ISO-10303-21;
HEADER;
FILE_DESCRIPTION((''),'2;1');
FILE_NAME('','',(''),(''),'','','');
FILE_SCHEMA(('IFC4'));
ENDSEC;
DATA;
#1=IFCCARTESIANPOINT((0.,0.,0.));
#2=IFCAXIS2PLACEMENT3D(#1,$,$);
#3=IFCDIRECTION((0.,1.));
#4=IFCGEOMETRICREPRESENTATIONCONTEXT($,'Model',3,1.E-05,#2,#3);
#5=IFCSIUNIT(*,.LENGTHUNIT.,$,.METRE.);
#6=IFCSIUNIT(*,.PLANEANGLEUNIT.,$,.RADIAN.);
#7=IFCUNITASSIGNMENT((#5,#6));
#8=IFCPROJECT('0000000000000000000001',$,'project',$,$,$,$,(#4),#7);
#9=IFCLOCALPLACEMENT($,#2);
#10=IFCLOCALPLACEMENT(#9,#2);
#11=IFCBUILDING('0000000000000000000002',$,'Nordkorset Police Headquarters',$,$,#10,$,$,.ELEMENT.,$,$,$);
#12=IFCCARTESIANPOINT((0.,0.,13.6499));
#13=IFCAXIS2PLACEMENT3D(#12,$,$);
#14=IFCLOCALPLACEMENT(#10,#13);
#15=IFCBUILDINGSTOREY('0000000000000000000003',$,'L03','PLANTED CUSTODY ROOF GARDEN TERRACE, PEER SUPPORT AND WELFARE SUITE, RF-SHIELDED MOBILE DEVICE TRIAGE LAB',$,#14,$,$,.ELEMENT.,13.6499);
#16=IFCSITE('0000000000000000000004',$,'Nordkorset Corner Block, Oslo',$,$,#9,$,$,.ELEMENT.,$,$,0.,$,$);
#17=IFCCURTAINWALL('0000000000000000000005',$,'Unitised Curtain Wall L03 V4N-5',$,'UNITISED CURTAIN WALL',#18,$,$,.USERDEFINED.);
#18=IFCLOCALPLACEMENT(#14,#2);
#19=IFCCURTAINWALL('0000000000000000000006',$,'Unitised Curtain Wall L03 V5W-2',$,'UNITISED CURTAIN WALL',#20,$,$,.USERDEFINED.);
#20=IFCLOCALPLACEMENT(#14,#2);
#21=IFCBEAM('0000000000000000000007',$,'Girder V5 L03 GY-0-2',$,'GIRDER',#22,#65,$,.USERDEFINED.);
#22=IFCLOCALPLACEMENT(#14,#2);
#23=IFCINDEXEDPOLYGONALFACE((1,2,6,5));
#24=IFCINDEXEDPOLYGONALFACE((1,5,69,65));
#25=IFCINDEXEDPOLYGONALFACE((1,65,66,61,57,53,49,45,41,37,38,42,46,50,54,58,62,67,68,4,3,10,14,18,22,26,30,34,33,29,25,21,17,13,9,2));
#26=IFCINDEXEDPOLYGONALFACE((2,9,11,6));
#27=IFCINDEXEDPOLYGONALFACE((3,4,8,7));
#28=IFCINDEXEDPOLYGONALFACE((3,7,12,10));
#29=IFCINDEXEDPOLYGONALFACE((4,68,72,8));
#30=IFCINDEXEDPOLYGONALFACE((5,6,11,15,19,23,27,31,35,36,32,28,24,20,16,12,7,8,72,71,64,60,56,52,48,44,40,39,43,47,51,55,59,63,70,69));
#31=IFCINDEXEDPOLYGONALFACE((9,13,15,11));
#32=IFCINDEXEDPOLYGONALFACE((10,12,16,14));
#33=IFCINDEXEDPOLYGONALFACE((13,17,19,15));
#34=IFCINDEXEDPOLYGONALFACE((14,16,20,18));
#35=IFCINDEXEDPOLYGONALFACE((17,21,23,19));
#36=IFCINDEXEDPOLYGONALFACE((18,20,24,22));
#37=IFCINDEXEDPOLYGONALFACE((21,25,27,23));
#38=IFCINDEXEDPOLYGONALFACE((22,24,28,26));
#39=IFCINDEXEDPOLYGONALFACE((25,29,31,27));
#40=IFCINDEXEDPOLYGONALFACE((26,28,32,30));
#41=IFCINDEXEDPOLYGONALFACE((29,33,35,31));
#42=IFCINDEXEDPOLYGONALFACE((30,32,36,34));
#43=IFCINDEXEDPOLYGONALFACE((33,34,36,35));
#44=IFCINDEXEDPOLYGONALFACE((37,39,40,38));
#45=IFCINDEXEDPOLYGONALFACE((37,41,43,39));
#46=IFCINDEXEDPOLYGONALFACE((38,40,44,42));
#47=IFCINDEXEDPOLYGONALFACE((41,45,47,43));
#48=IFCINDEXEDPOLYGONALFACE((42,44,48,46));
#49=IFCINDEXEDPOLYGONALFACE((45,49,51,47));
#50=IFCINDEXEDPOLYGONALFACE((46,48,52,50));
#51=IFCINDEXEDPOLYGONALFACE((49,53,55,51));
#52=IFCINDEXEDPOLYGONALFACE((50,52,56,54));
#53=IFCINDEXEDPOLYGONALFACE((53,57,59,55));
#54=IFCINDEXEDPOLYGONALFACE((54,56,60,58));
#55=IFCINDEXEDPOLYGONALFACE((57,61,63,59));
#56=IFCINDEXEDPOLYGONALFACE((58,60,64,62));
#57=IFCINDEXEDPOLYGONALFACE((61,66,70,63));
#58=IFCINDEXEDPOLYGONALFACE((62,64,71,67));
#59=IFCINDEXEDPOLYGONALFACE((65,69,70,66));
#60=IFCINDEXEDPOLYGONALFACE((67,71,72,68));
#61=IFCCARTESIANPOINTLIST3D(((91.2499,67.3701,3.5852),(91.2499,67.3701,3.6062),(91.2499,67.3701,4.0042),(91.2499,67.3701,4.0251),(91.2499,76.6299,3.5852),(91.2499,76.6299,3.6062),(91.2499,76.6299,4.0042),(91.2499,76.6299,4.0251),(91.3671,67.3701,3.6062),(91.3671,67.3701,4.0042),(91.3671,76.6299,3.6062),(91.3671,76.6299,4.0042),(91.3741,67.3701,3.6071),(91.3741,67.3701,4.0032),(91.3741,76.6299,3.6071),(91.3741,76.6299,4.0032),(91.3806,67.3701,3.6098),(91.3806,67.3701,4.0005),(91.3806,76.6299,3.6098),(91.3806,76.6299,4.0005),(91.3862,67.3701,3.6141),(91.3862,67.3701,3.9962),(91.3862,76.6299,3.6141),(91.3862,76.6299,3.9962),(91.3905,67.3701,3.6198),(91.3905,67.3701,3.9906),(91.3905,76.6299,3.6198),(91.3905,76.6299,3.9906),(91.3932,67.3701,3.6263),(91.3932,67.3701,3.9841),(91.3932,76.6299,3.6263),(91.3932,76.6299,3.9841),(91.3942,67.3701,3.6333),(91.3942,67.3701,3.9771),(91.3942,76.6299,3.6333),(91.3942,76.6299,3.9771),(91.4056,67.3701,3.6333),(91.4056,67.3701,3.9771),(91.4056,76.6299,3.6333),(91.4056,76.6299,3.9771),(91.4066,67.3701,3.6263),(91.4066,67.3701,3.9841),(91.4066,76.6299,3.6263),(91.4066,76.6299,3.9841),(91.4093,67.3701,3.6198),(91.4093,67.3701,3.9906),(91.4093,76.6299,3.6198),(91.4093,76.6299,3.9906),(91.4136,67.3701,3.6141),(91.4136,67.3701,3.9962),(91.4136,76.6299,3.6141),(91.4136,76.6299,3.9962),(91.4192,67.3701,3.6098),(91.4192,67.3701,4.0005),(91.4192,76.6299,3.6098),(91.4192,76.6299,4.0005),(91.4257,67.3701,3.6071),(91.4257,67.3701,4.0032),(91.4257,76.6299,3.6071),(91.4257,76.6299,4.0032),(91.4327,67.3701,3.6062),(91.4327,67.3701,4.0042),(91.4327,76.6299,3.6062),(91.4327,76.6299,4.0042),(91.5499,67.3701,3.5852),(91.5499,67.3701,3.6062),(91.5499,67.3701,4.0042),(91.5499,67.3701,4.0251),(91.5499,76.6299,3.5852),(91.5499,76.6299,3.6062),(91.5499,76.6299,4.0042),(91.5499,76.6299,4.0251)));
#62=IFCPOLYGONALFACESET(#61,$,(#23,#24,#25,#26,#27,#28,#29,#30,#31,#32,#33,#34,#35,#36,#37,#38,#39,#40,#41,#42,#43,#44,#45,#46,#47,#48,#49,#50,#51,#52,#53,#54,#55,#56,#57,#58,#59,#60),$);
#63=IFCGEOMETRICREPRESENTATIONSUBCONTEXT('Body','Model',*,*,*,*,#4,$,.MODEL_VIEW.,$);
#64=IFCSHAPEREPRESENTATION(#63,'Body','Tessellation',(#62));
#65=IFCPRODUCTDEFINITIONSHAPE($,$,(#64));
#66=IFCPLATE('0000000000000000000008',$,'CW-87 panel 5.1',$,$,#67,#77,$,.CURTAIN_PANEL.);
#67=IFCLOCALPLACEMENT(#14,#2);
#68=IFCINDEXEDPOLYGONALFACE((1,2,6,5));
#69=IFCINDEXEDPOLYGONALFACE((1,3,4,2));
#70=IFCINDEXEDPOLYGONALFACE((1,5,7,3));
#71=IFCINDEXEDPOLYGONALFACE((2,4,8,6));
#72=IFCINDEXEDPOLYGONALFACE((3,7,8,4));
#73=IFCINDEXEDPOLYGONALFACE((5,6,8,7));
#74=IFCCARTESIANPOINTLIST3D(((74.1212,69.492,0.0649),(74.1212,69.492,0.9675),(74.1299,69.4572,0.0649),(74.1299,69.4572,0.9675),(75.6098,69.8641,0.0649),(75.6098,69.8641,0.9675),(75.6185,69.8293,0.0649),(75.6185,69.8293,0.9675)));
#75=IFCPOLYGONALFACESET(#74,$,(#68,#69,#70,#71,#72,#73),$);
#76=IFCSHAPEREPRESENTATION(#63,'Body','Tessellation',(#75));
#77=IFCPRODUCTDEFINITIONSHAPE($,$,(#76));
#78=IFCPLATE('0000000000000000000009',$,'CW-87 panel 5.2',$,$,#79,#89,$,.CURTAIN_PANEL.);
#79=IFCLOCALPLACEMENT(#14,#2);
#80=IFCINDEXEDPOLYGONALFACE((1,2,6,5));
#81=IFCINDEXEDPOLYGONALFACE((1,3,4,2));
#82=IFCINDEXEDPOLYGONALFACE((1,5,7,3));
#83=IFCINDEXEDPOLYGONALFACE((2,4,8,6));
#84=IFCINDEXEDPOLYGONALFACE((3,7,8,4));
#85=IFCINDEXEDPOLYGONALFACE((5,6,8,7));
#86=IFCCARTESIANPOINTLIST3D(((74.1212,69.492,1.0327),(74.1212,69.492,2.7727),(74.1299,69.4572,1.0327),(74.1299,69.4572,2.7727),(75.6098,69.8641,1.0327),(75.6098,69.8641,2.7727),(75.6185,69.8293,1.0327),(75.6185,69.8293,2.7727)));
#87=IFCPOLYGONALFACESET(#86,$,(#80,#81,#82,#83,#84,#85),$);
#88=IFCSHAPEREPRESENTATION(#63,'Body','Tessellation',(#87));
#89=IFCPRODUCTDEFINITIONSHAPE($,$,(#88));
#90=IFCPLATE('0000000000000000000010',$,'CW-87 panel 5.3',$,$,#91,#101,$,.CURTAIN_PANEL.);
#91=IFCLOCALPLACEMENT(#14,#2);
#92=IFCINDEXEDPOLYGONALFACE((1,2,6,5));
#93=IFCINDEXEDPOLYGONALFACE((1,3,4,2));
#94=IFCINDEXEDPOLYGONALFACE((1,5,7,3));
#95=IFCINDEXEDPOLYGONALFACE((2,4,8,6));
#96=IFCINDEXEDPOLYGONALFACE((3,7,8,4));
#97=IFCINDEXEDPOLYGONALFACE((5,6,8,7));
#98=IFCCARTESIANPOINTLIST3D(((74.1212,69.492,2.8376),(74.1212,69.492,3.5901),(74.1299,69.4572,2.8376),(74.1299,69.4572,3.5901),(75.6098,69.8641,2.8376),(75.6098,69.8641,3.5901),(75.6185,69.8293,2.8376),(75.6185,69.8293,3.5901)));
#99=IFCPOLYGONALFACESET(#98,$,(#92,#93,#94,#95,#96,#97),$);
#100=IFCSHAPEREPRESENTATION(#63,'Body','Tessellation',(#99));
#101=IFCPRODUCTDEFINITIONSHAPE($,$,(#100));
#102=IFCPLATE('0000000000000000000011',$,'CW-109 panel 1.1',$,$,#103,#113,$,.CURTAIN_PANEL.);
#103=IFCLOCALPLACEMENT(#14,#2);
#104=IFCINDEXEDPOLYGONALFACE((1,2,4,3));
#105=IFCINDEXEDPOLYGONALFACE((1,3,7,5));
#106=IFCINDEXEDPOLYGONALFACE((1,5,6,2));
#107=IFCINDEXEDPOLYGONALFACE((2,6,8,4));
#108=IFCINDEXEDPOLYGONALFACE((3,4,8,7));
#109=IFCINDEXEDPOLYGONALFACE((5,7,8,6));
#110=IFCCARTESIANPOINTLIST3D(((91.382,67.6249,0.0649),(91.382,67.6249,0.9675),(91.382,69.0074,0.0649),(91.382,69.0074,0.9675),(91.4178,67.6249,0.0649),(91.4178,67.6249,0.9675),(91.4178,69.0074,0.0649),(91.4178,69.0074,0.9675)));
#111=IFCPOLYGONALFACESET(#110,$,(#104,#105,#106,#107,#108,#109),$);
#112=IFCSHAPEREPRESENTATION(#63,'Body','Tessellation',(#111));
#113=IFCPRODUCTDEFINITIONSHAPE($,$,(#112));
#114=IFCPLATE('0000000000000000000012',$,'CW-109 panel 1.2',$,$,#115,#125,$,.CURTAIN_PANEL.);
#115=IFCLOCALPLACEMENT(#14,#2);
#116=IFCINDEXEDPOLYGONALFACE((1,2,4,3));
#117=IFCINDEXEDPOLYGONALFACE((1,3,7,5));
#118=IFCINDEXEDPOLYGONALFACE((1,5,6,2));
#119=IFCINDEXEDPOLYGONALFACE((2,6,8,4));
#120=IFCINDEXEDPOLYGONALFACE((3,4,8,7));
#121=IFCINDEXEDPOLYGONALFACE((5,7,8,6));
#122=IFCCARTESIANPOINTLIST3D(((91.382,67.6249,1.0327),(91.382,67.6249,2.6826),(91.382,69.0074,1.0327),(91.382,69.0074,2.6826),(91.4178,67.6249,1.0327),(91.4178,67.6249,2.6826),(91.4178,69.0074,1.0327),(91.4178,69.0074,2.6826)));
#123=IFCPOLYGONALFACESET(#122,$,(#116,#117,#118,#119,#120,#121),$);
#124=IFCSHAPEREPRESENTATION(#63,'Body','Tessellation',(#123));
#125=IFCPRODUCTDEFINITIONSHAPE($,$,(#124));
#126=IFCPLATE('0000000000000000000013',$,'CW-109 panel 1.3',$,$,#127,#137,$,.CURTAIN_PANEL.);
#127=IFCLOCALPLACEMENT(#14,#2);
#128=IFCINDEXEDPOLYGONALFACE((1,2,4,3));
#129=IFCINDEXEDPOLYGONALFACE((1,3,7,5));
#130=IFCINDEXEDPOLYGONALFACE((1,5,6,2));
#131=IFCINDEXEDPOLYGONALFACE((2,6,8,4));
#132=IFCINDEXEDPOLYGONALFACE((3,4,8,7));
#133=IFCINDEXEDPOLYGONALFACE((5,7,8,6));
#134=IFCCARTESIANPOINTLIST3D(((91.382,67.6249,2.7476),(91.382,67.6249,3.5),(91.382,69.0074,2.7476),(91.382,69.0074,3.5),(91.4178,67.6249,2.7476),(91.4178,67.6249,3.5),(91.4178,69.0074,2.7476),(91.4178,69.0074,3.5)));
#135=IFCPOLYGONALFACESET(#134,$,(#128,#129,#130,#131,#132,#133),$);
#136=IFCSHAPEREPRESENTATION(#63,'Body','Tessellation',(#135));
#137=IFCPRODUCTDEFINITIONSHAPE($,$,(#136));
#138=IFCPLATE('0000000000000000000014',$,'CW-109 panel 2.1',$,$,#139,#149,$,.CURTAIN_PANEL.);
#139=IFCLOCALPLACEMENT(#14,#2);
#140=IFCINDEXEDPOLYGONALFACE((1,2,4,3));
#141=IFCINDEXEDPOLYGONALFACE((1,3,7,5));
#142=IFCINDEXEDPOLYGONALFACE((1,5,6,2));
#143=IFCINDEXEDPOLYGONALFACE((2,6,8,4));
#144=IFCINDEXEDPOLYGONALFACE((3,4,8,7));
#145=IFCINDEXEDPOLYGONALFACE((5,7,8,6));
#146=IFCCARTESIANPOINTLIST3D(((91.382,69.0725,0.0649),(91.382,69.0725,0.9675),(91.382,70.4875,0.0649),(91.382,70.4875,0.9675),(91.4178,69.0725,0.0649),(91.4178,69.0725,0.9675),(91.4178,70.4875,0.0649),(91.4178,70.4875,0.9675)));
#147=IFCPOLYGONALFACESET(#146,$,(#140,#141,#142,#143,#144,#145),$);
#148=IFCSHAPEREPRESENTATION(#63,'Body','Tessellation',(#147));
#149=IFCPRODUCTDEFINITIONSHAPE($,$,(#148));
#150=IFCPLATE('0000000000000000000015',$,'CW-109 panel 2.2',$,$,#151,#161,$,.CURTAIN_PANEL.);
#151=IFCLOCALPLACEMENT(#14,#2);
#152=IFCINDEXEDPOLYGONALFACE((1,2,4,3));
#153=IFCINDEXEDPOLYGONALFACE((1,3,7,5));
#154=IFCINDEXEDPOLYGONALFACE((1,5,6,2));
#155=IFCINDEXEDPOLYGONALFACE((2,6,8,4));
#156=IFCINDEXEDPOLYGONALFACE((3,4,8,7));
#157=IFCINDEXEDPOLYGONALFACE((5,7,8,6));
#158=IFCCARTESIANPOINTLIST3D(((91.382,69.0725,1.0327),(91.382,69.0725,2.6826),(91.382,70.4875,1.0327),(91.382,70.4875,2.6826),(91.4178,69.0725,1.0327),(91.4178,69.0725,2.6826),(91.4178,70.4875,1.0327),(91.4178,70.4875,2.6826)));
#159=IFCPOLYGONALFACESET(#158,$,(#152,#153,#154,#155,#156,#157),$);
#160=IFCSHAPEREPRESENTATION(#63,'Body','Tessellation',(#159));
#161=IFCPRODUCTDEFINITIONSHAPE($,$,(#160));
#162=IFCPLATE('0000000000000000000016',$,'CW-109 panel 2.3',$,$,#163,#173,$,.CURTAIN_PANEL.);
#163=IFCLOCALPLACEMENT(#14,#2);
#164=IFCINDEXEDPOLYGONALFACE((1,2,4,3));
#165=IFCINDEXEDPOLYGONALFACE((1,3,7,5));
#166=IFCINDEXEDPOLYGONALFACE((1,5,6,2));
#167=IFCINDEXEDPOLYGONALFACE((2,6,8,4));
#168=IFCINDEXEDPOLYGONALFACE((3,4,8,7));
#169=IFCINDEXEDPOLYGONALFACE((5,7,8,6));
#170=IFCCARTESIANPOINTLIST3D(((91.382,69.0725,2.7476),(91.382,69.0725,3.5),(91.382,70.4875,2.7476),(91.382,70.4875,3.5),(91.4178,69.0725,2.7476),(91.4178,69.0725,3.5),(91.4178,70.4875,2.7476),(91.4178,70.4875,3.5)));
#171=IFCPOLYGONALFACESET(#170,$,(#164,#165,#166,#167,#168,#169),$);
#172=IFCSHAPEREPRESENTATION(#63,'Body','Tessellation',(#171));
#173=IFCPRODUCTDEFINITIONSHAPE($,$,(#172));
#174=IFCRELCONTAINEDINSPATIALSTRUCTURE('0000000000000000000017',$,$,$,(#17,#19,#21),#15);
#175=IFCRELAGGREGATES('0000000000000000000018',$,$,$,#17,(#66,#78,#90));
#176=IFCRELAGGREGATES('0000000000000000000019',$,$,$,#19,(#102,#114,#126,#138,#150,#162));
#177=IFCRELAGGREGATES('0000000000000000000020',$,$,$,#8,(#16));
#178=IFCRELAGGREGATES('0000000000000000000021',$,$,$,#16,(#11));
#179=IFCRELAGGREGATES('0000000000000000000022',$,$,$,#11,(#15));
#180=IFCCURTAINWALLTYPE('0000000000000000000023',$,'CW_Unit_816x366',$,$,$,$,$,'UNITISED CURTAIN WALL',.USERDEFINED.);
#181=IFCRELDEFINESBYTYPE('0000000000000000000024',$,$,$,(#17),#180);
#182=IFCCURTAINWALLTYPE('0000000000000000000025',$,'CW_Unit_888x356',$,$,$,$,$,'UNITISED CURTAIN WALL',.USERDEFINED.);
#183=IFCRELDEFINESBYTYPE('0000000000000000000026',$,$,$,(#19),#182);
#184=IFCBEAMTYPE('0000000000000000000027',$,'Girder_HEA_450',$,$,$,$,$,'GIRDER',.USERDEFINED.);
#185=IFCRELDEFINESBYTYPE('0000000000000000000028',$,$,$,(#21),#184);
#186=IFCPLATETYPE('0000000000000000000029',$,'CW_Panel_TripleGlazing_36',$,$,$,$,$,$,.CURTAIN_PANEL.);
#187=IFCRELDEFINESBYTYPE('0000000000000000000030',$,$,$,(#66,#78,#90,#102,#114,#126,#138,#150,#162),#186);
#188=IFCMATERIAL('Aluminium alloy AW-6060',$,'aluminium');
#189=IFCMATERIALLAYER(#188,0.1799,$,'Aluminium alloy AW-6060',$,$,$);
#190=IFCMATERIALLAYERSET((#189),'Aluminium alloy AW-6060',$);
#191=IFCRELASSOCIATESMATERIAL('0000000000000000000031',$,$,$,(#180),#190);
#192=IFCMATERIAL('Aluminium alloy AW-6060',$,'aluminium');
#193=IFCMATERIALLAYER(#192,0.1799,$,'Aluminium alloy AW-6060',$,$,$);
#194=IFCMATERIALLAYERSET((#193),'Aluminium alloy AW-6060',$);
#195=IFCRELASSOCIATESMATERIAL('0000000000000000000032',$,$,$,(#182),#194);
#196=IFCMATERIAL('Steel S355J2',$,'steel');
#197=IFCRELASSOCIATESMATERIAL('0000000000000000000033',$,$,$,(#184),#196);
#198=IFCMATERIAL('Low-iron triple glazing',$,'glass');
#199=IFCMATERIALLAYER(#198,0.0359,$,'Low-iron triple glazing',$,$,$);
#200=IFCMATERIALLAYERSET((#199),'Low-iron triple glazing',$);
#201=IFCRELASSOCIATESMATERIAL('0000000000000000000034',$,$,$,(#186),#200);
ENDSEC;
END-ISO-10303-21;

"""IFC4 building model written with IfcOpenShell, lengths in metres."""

from ifc_helpers import new_model, si_unit, direction, frame, origin, origin_2d, place, context, subcontext, project, spatial, rectangle, i_section, extrude, material, layer, layer_set, material_profile, profile_set, type_object, element, aggregate, save


model = new_model("IFC4")

# Units and contexts
model_context = context("Model", 3, precision=1e-05, world=origin(), true_north=direction((0.0, 1.0)))
body_context = subcontext(model_context, "Body", "Model", "MODEL_VIEW")
ifc_project = project(units=[si_unit("LENGTHUNIT", "METRE"), si_unit("PLANEANGLEUNIT", "RADIAN")], contexts=[model_context])

# Site, building, storey
site_placement = place(None, origin())
site = spatial("IfcSite", under=ifc_project, at=site_placement, Name="Nordkorset Corner Block, Oslo", CompositionType="ELEMENT", RefElevation=0.0)
building_placement = place(site_placement, origin())
building = spatial("IfcBuilding", under=site, at=building_placement, Name="Nordkorset Police Headquarters", CompositionType="ELEMENT")
storey_placement = place(building_placement, frame((0.0, 0.0, 13.6499)))
storey = spatial("IfcBuildingStorey", under=building, at=storey_placement, Name="L03", Description="PLANTED CUSTODY ROOF GARDEN TERRACE, PEER SUPPORT AND WELFARE SUITE, RF-SHIELDED MOBILE DEVICE TRIAGE LAB", CompositionType="ELEMENT", Elevation=13.6499)

# Curtain wall
ifc_material_1 = material(Name="Aluminium alloy AW-6060", Category="aluminium")
ifc_layer_1 = layer(ifc_material_1, 0.1799, Name="Aluminium alloy AW-6060")
ifc_layer_set_1 = layer_set([ifc_layer_1], Name="Aluminium alloy AW-6060")
curtain_wall_type_1 = type_object("IfcCurtainWallType", Name="CW_Unit_816x366", ElementType="UNITISED CURTAIN WALL", PredefinedType="USERDEFINED", material=ifc_layer_set_1)
curtain_wall_1_placement = place(storey_placement, origin())
curtain_wall_1 = element("IfcCurtainWall", 1, at=curtain_wall_1_placement, inside=storey, type_object=curtain_wall_type_1, Name="Unitised Curtain Wall L03 V4N-5", ObjectType="UNITISED CURTAIN WALL", PredefinedType="USERDEFINED")

# Curtain wall
ifc_material_2 = material(Name="Aluminium alloy AW-6060", Category="aluminium")
ifc_layer_2 = layer(ifc_material_2, 0.1799, Name="Aluminium alloy AW-6060")
ifc_layer_set_2 = layer_set([ifc_layer_2], Name="Aluminium alloy AW-6060")
curtain_wall_type_2 = type_object("IfcCurtainWallType", Name="CW_Unit_888x356", ElementType="UNITISED CURTAIN WALL", PredefinedType="USERDEFINED", material=ifc_layer_set_2)
curtain_wall_2_placement = place(storey_placement, origin())
curtain_wall_2 = element("IfcCurtainWall", 2, at=curtain_wall_2_placement, inside=storey, type_object=curtain_wall_type_2, Name="Unitised Curtain Wall L03 V5W-2", ObjectType="UNITISED CURTAIN WALL", PredefinedType="USERDEFINED")

# Beam
ifc_material_3 = material(Name="Steel S355J2", Category="steel")
ifc_material_profile_1 = material_profile(ifc_material_3, i_section(OverallWidth=0.3, OverallDepth=0.4399, WebThickness=0.0115, FlangeThickness=0.021, FilletRadius=0.0271, at=origin_2d()), Name="HEA 450")
ifc_profile_set_1 = profile_set([ifc_material_profile_1], Name="Steel S355J2")
beam_type = type_object("IfcBeamType", Name="Girder_HEA_450", ElementType="GIRDER", PredefinedType="USERDEFINED", material=ifc_profile_set_1)
beam_placement = place(storey_placement, frame((91.3999, 67.3701, 3.8052), z_axis=(0.0, 1.0, 0.0), x_axis=(-1.0, 0.0, 0.0)))
element("IfcBeam", 3, at=beam_placement, inside=storey, type_object=beam_type, Name="Girder V5 L03 GY-0-2", ObjectType="GIRDER", PredefinedType="USERDEFINED", context=body_context, shape_type="SweptSolid", body=[
    extrude(i_section(OverallWidth=0.3, OverallDepth=0.4399, WebThickness=0.0115, FlangeThickness=0.021, FilletRadius=0.0271, at=origin_2d()), origin(), (0.0, 0.0, 1.0), 9.2598),
])

# Plates
ifc_material_4 = material(Name="Low-iron triple glazing", Category="glass")
ifc_layer_3 = layer(ifc_material_4, 0.0359, Name="Low-iron triple glazing")
ifc_layer_set_3 = layer_set([ifc_layer_3], Name="Low-iron triple glazing")
plate_type = type_object("IfcPlateType", Name="CW_Panel_TripleGlazing_36", PredefinedType="CURTAIN_PANEL", material=ifc_layer_set_3)
plate_1_placement = place(storey_placement, frame((74.8699, 69.6606, 0.0649), z_axis=(0.0, 0.0, 1.0), x_axis=(0.970143, 0.242536, 0.0)))
plate_1 = element("IfcPlate", 4, at=plate_1_placement, type_object=plate_type, Name="CW-87 panel 5.1", PredefinedType="CURTAIN_PANEL", context=body_context, shape_type="SweptSolid", body=[
    extrude(rectangle(XDim=1.5344, YDim=0.0359, at=origin_2d()), origin(), (0.0, 0.0, 1.0), 0.9026),
])
plate_2_placement = place(storey_placement, frame((74.8699, 69.6606, 1.0327), z_axis=(0.0, 0.0, 1.0), x_axis=(0.970143, 0.242536, 0.0)))
plate_2 = element("IfcPlate", 5, at=plate_2_placement, type_object=plate_type, Name="CW-87 panel 5.2", PredefinedType="CURTAIN_PANEL", context=body_context, shape_type="SweptSolid", body=[
    extrude(rectangle(XDim=1.5344, YDim=0.0359, at=origin_2d()), origin(), (0.0, 0.0, 1.0), 1.74),
])
plate_3_placement = place(storey_placement, frame((74.8699, 69.6606, 2.8376), z_axis=(0.0, 0.0, 1.0), x_axis=(0.970143, 0.242536, 0.0)))
plate_3 = element("IfcPlate", 6, at=plate_3_placement, type_object=plate_type, Name="CW-87 panel 5.3", PredefinedType="CURTAIN_PANEL", context=body_context, shape_type="SweptSolid", body=[
    extrude(rectangle(XDim=1.5344, YDim=0.0359, at=origin_2d()), origin(), (0.0, 0.0, 1.0), 0.7524),
])
aggregate(curtain_wall_1, [plate_1, plate_2, plate_3])
plate_4_placement = place(storey_placement, frame((91.3999, 68.3162, 0.0649), z_axis=(0.0, 0.0, 1.0), x_axis=(0.0, 1.0, 0.0)))
plate_4 = element("IfcPlate", 7, at=plate_4_placement, type_object=plate_type, Name="CW-109 panel 1.1", PredefinedType="CURTAIN_PANEL", context=body_context, shape_type="SweptSolid", body=[
    extrude(rectangle(XDim=1.3826, YDim=0.0359, at=origin_2d()), origin(), (0.0, 0.0, 1.0), 0.9026),
])
plate_5_placement = place(storey_placement, frame((91.3999, 68.3162, 1.0327), z_axis=(0.0, 0.0, 1.0), x_axis=(0.0, 1.0, 0.0)))
plate_5 = element("IfcPlate", 8, at=plate_5_placement, type_object=plate_type, Name="CW-109 panel 1.2", PredefinedType="CURTAIN_PANEL", context=body_context, shape_type="SweptSolid", body=[
    extrude(rectangle(XDim=1.3826, YDim=0.0359, at=origin_2d()), origin(), (0.0, 0.0, 1.0), 1.6499),
])
plate_6_placement = place(storey_placement, frame((91.3999, 68.3162, 2.7476), z_axis=(0.0, 0.0, 1.0), x_axis=(0.0, 1.0, 0.0)))
plate_6 = element("IfcPlate", 9, at=plate_6_placement, type_object=plate_type, Name="CW-109 panel 1.3", PredefinedType="CURTAIN_PANEL", context=body_context, shape_type="SweptSolid", body=[
    extrude(rectangle(XDim=1.3826, YDim=0.0359, at=origin_2d()), origin(), (0.0, 0.0, 1.0), 0.7524),
])
plate_7_placement = place(storey_placement, frame((91.3999, 69.78, 0.0649), z_axis=(0.0, 0.0, 1.0), x_axis=(0.0, 1.0, 0.0)))
plate_7 = element("IfcPlate", 10, at=plate_7_placement, type_object=plate_type, Name="CW-109 panel 2.1", PredefinedType="CURTAIN_PANEL", context=body_context, shape_type="SweptSolid", body=[
    extrude(rectangle(XDim=1.415, YDim=0.0359, at=origin_2d()), origin(), (0.0, 0.0, 1.0), 0.9026),
])
plate_8_placement = place(storey_placement, frame((91.3999, 69.78, 1.0327), z_axis=(0.0, 0.0, 1.0), x_axis=(0.0, 1.0, 0.0)))
plate_8 = element("IfcPlate", 11, at=plate_8_placement, type_object=plate_type, Name="CW-109 panel 2.2", PredefinedType="CURTAIN_PANEL", context=body_context, shape_type="SweptSolid", body=[
    extrude(rectangle(XDim=1.415, YDim=0.0359, at=origin_2d()), origin(), (0.0, 0.0, 1.0), 1.6499),
])
plate_9_placement = place(storey_placement, frame((91.3999, 69.78, 2.7476), z_axis=(0.0, 0.0, 1.0), x_axis=(0.0, 1.0, 0.0)))
plate_9 = element("IfcPlate", 12, at=plate_9_placement, type_object=plate_type, Name="CW-109 panel 2.3", PredefinedType="CURTAIN_PANEL", context=body_context, shape_type="SweptSolid", body=[
    extrude(rectangle(XDim=1.415, YDim=0.0359, at=origin_2d()), origin(), (0.0, 0.0, 1.0), 0.7524),
])
aggregate(curtain_wall_2, [plate_4, plate_5, plate_6, plate_7, plate_8, plate_9])

save(model, "model.ifc")
